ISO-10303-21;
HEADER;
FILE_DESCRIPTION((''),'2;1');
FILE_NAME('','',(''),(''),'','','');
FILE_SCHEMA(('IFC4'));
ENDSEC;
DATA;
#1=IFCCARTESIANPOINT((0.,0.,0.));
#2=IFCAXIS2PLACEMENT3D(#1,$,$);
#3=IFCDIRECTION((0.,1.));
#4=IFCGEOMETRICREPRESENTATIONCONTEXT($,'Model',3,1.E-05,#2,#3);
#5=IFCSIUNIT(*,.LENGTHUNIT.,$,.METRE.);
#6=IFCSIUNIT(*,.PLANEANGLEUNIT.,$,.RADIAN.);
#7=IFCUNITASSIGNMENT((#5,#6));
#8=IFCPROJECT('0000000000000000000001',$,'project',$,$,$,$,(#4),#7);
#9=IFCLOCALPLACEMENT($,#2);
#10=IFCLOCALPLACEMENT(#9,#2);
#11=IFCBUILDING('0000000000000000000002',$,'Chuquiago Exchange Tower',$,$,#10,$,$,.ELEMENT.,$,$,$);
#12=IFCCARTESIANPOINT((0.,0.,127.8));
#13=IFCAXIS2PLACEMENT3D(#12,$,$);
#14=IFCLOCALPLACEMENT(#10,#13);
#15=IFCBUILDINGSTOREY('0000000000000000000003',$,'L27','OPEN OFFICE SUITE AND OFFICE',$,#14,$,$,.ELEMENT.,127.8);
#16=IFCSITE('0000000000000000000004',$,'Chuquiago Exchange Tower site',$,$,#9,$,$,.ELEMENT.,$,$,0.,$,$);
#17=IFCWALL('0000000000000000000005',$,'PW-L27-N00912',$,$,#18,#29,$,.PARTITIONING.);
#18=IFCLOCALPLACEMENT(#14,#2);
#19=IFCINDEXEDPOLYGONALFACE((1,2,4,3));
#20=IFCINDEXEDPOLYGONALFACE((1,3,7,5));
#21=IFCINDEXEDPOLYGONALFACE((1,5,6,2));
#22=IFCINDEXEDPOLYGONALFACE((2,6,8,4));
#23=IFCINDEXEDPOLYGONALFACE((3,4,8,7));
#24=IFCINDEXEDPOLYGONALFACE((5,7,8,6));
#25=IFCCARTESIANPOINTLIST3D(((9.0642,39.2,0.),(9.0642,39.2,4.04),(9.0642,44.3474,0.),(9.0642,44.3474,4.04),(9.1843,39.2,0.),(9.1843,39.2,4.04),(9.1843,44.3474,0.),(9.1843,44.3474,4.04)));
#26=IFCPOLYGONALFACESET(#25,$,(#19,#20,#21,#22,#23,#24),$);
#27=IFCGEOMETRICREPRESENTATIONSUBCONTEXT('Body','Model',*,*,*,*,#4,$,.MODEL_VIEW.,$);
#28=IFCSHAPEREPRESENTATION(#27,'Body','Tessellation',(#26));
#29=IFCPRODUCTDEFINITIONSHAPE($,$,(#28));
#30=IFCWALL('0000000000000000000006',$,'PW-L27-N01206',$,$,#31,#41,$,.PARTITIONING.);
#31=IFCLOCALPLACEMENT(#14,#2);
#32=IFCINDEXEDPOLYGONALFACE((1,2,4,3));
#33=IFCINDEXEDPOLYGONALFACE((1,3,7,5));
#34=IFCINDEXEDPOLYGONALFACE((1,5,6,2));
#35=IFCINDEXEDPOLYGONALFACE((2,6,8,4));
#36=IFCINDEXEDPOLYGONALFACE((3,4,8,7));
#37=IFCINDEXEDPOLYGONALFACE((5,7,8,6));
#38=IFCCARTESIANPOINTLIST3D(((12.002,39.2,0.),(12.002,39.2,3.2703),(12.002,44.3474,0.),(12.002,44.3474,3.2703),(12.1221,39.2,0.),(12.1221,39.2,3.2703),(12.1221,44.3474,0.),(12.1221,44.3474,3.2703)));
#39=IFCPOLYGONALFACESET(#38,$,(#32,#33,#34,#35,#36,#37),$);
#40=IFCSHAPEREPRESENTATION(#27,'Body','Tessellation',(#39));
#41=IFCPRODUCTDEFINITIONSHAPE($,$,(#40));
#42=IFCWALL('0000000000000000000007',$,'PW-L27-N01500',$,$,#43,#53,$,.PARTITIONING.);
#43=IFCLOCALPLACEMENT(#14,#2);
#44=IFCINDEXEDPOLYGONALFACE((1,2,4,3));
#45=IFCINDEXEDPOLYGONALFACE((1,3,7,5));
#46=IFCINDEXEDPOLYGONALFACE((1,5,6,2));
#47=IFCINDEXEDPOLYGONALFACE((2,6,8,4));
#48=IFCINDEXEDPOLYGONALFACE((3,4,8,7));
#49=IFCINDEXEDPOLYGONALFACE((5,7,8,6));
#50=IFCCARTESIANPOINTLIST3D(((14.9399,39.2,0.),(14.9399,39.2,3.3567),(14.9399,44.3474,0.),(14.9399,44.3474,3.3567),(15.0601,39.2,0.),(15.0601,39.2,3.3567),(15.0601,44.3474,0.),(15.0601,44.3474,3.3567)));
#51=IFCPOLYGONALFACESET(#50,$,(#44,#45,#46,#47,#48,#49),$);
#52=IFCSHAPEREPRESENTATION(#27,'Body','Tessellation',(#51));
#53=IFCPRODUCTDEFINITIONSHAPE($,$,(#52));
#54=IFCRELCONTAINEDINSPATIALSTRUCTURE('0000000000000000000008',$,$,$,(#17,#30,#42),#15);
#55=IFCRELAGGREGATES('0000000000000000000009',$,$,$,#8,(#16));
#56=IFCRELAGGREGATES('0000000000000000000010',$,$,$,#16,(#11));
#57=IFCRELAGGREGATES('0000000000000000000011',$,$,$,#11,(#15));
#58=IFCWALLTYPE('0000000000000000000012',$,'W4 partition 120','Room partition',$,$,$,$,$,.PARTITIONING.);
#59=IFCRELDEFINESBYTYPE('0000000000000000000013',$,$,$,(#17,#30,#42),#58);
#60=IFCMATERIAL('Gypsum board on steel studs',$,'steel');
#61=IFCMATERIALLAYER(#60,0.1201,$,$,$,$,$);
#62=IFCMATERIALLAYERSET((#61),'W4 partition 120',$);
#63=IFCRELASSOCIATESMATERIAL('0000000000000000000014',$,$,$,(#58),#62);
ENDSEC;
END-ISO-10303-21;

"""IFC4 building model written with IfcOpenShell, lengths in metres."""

from ifc_helpers import new_model, si_unit, direction, frame, frame_2d, origin, place, context, subcontext, project, spatial, rectangle, extrude, material, layer, layer_set, type_object, element, save


model = new_model("IFC4")

# Units and contexts
model_context = context("Model", 3, precision=1e-05, world=origin(), true_north=direction((0.0, 1.0)))
body_context = subcontext(model_context, "Body", "Model", "MODEL_VIEW")
ifc_project = project(units=[si_unit("LENGTHUNIT", "METRE"), si_unit("PLANEANGLEUNIT", "RADIAN")], contexts=[model_context])

# Site, building, storey
site_placement = place(None, origin())
site = spatial("IfcSite", under=ifc_project, at=site_placement, Name="Chuquiago Exchange Tower site", CompositionType="ELEMENT", RefElevation=0.0)
building_placement = place(site_placement, origin())
building = spatial("IfcBuilding", under=site, at=building_placement, Name="Chuquiago Exchange Tower", CompositionType="ELEMENT")
storey_placement = place(building_placement, frame((0.0, 0.0, 127.8)))
storey = spatial("IfcBuildingStorey", under=building, at=storey_placement, Name="L27", Description="OPEN OFFICE SUITE AND OFFICE", CompositionType="ELEMENT", Elevation=127.8)

# Walls
ifc_material_1 = material(Name="Gypsum board on steel studs", Category="steel")
ifc_layer_1 = layer(ifc_material_1, 0.1201)
ifc_layer_set_1 = layer_set([ifc_layer_1], Name="W4 partition 120")
wall_type_1 = type_object("IfcWallType", Name="W4 partition 120", Description="Room partition", PredefinedType="PARTITIONING", material=ifc_layer_set_1)
wall_1_placement = place(storey_placement, frame((9.1243, 44.3474, 0.0), z_axis=(0.0, 0.0, 1.0), x_axis=(0.0, -1.0, 0.0)))
element("IfcWall", 1, at=wall_1_placement, inside=storey, type_object=wall_type_1, Name="PW-L27-N00912", PredefinedType="PARTITIONING", context=body_context, shape_type="SweptSolid", body=[
    extrude(rectangle(XDim=5.1475, YDim=0.1201, at=frame_2d((2.5737, 0.0))), origin(), (0.0, 0.0, 1.0), 4.04),
])
wall_2_placement = place(storey_placement, frame((12.062, 44.3474, 0.0), z_axis=(0.0, 0.0, 1.0), x_axis=(0.0, -1.0, 0.0)))
element("IfcWall", 2, at=wall_2_placement, inside=storey, type_object=wall_type_1, Name="PW-L27-N01206", PredefinedType="PARTITIONING", context=body_context, shape_type="SweptSolid", body=[
    extrude(rectangle(XDim=5.1475, YDim=0.1201, at=frame_2d((2.5737, 0.0))), origin(), (0.0, 0.0, 1.0), 3.2703),
])
wall_3_placement = place(storey_placement, frame((15.0, 44.3474, 0.0), z_axis=(0.0, 0.0, 1.0), x_axis=(0.0, -1.0, 0.0)))
element("IfcWall", 3, at=wall_3_placement, inside=storey, type_object=wall_type_1, Name="PW-L27-N01500", PredefinedType="PARTITIONING", context=body_context, shape_type="SweptSolid", body=[
    extrude(rectangle(XDim=5.1475, YDim=0.1201, at=frame_2d((2.5737, 0.0))), origin(), (0.0, 0.0, 1.0), 3.3567),
])

save(model, "model.ifc")
